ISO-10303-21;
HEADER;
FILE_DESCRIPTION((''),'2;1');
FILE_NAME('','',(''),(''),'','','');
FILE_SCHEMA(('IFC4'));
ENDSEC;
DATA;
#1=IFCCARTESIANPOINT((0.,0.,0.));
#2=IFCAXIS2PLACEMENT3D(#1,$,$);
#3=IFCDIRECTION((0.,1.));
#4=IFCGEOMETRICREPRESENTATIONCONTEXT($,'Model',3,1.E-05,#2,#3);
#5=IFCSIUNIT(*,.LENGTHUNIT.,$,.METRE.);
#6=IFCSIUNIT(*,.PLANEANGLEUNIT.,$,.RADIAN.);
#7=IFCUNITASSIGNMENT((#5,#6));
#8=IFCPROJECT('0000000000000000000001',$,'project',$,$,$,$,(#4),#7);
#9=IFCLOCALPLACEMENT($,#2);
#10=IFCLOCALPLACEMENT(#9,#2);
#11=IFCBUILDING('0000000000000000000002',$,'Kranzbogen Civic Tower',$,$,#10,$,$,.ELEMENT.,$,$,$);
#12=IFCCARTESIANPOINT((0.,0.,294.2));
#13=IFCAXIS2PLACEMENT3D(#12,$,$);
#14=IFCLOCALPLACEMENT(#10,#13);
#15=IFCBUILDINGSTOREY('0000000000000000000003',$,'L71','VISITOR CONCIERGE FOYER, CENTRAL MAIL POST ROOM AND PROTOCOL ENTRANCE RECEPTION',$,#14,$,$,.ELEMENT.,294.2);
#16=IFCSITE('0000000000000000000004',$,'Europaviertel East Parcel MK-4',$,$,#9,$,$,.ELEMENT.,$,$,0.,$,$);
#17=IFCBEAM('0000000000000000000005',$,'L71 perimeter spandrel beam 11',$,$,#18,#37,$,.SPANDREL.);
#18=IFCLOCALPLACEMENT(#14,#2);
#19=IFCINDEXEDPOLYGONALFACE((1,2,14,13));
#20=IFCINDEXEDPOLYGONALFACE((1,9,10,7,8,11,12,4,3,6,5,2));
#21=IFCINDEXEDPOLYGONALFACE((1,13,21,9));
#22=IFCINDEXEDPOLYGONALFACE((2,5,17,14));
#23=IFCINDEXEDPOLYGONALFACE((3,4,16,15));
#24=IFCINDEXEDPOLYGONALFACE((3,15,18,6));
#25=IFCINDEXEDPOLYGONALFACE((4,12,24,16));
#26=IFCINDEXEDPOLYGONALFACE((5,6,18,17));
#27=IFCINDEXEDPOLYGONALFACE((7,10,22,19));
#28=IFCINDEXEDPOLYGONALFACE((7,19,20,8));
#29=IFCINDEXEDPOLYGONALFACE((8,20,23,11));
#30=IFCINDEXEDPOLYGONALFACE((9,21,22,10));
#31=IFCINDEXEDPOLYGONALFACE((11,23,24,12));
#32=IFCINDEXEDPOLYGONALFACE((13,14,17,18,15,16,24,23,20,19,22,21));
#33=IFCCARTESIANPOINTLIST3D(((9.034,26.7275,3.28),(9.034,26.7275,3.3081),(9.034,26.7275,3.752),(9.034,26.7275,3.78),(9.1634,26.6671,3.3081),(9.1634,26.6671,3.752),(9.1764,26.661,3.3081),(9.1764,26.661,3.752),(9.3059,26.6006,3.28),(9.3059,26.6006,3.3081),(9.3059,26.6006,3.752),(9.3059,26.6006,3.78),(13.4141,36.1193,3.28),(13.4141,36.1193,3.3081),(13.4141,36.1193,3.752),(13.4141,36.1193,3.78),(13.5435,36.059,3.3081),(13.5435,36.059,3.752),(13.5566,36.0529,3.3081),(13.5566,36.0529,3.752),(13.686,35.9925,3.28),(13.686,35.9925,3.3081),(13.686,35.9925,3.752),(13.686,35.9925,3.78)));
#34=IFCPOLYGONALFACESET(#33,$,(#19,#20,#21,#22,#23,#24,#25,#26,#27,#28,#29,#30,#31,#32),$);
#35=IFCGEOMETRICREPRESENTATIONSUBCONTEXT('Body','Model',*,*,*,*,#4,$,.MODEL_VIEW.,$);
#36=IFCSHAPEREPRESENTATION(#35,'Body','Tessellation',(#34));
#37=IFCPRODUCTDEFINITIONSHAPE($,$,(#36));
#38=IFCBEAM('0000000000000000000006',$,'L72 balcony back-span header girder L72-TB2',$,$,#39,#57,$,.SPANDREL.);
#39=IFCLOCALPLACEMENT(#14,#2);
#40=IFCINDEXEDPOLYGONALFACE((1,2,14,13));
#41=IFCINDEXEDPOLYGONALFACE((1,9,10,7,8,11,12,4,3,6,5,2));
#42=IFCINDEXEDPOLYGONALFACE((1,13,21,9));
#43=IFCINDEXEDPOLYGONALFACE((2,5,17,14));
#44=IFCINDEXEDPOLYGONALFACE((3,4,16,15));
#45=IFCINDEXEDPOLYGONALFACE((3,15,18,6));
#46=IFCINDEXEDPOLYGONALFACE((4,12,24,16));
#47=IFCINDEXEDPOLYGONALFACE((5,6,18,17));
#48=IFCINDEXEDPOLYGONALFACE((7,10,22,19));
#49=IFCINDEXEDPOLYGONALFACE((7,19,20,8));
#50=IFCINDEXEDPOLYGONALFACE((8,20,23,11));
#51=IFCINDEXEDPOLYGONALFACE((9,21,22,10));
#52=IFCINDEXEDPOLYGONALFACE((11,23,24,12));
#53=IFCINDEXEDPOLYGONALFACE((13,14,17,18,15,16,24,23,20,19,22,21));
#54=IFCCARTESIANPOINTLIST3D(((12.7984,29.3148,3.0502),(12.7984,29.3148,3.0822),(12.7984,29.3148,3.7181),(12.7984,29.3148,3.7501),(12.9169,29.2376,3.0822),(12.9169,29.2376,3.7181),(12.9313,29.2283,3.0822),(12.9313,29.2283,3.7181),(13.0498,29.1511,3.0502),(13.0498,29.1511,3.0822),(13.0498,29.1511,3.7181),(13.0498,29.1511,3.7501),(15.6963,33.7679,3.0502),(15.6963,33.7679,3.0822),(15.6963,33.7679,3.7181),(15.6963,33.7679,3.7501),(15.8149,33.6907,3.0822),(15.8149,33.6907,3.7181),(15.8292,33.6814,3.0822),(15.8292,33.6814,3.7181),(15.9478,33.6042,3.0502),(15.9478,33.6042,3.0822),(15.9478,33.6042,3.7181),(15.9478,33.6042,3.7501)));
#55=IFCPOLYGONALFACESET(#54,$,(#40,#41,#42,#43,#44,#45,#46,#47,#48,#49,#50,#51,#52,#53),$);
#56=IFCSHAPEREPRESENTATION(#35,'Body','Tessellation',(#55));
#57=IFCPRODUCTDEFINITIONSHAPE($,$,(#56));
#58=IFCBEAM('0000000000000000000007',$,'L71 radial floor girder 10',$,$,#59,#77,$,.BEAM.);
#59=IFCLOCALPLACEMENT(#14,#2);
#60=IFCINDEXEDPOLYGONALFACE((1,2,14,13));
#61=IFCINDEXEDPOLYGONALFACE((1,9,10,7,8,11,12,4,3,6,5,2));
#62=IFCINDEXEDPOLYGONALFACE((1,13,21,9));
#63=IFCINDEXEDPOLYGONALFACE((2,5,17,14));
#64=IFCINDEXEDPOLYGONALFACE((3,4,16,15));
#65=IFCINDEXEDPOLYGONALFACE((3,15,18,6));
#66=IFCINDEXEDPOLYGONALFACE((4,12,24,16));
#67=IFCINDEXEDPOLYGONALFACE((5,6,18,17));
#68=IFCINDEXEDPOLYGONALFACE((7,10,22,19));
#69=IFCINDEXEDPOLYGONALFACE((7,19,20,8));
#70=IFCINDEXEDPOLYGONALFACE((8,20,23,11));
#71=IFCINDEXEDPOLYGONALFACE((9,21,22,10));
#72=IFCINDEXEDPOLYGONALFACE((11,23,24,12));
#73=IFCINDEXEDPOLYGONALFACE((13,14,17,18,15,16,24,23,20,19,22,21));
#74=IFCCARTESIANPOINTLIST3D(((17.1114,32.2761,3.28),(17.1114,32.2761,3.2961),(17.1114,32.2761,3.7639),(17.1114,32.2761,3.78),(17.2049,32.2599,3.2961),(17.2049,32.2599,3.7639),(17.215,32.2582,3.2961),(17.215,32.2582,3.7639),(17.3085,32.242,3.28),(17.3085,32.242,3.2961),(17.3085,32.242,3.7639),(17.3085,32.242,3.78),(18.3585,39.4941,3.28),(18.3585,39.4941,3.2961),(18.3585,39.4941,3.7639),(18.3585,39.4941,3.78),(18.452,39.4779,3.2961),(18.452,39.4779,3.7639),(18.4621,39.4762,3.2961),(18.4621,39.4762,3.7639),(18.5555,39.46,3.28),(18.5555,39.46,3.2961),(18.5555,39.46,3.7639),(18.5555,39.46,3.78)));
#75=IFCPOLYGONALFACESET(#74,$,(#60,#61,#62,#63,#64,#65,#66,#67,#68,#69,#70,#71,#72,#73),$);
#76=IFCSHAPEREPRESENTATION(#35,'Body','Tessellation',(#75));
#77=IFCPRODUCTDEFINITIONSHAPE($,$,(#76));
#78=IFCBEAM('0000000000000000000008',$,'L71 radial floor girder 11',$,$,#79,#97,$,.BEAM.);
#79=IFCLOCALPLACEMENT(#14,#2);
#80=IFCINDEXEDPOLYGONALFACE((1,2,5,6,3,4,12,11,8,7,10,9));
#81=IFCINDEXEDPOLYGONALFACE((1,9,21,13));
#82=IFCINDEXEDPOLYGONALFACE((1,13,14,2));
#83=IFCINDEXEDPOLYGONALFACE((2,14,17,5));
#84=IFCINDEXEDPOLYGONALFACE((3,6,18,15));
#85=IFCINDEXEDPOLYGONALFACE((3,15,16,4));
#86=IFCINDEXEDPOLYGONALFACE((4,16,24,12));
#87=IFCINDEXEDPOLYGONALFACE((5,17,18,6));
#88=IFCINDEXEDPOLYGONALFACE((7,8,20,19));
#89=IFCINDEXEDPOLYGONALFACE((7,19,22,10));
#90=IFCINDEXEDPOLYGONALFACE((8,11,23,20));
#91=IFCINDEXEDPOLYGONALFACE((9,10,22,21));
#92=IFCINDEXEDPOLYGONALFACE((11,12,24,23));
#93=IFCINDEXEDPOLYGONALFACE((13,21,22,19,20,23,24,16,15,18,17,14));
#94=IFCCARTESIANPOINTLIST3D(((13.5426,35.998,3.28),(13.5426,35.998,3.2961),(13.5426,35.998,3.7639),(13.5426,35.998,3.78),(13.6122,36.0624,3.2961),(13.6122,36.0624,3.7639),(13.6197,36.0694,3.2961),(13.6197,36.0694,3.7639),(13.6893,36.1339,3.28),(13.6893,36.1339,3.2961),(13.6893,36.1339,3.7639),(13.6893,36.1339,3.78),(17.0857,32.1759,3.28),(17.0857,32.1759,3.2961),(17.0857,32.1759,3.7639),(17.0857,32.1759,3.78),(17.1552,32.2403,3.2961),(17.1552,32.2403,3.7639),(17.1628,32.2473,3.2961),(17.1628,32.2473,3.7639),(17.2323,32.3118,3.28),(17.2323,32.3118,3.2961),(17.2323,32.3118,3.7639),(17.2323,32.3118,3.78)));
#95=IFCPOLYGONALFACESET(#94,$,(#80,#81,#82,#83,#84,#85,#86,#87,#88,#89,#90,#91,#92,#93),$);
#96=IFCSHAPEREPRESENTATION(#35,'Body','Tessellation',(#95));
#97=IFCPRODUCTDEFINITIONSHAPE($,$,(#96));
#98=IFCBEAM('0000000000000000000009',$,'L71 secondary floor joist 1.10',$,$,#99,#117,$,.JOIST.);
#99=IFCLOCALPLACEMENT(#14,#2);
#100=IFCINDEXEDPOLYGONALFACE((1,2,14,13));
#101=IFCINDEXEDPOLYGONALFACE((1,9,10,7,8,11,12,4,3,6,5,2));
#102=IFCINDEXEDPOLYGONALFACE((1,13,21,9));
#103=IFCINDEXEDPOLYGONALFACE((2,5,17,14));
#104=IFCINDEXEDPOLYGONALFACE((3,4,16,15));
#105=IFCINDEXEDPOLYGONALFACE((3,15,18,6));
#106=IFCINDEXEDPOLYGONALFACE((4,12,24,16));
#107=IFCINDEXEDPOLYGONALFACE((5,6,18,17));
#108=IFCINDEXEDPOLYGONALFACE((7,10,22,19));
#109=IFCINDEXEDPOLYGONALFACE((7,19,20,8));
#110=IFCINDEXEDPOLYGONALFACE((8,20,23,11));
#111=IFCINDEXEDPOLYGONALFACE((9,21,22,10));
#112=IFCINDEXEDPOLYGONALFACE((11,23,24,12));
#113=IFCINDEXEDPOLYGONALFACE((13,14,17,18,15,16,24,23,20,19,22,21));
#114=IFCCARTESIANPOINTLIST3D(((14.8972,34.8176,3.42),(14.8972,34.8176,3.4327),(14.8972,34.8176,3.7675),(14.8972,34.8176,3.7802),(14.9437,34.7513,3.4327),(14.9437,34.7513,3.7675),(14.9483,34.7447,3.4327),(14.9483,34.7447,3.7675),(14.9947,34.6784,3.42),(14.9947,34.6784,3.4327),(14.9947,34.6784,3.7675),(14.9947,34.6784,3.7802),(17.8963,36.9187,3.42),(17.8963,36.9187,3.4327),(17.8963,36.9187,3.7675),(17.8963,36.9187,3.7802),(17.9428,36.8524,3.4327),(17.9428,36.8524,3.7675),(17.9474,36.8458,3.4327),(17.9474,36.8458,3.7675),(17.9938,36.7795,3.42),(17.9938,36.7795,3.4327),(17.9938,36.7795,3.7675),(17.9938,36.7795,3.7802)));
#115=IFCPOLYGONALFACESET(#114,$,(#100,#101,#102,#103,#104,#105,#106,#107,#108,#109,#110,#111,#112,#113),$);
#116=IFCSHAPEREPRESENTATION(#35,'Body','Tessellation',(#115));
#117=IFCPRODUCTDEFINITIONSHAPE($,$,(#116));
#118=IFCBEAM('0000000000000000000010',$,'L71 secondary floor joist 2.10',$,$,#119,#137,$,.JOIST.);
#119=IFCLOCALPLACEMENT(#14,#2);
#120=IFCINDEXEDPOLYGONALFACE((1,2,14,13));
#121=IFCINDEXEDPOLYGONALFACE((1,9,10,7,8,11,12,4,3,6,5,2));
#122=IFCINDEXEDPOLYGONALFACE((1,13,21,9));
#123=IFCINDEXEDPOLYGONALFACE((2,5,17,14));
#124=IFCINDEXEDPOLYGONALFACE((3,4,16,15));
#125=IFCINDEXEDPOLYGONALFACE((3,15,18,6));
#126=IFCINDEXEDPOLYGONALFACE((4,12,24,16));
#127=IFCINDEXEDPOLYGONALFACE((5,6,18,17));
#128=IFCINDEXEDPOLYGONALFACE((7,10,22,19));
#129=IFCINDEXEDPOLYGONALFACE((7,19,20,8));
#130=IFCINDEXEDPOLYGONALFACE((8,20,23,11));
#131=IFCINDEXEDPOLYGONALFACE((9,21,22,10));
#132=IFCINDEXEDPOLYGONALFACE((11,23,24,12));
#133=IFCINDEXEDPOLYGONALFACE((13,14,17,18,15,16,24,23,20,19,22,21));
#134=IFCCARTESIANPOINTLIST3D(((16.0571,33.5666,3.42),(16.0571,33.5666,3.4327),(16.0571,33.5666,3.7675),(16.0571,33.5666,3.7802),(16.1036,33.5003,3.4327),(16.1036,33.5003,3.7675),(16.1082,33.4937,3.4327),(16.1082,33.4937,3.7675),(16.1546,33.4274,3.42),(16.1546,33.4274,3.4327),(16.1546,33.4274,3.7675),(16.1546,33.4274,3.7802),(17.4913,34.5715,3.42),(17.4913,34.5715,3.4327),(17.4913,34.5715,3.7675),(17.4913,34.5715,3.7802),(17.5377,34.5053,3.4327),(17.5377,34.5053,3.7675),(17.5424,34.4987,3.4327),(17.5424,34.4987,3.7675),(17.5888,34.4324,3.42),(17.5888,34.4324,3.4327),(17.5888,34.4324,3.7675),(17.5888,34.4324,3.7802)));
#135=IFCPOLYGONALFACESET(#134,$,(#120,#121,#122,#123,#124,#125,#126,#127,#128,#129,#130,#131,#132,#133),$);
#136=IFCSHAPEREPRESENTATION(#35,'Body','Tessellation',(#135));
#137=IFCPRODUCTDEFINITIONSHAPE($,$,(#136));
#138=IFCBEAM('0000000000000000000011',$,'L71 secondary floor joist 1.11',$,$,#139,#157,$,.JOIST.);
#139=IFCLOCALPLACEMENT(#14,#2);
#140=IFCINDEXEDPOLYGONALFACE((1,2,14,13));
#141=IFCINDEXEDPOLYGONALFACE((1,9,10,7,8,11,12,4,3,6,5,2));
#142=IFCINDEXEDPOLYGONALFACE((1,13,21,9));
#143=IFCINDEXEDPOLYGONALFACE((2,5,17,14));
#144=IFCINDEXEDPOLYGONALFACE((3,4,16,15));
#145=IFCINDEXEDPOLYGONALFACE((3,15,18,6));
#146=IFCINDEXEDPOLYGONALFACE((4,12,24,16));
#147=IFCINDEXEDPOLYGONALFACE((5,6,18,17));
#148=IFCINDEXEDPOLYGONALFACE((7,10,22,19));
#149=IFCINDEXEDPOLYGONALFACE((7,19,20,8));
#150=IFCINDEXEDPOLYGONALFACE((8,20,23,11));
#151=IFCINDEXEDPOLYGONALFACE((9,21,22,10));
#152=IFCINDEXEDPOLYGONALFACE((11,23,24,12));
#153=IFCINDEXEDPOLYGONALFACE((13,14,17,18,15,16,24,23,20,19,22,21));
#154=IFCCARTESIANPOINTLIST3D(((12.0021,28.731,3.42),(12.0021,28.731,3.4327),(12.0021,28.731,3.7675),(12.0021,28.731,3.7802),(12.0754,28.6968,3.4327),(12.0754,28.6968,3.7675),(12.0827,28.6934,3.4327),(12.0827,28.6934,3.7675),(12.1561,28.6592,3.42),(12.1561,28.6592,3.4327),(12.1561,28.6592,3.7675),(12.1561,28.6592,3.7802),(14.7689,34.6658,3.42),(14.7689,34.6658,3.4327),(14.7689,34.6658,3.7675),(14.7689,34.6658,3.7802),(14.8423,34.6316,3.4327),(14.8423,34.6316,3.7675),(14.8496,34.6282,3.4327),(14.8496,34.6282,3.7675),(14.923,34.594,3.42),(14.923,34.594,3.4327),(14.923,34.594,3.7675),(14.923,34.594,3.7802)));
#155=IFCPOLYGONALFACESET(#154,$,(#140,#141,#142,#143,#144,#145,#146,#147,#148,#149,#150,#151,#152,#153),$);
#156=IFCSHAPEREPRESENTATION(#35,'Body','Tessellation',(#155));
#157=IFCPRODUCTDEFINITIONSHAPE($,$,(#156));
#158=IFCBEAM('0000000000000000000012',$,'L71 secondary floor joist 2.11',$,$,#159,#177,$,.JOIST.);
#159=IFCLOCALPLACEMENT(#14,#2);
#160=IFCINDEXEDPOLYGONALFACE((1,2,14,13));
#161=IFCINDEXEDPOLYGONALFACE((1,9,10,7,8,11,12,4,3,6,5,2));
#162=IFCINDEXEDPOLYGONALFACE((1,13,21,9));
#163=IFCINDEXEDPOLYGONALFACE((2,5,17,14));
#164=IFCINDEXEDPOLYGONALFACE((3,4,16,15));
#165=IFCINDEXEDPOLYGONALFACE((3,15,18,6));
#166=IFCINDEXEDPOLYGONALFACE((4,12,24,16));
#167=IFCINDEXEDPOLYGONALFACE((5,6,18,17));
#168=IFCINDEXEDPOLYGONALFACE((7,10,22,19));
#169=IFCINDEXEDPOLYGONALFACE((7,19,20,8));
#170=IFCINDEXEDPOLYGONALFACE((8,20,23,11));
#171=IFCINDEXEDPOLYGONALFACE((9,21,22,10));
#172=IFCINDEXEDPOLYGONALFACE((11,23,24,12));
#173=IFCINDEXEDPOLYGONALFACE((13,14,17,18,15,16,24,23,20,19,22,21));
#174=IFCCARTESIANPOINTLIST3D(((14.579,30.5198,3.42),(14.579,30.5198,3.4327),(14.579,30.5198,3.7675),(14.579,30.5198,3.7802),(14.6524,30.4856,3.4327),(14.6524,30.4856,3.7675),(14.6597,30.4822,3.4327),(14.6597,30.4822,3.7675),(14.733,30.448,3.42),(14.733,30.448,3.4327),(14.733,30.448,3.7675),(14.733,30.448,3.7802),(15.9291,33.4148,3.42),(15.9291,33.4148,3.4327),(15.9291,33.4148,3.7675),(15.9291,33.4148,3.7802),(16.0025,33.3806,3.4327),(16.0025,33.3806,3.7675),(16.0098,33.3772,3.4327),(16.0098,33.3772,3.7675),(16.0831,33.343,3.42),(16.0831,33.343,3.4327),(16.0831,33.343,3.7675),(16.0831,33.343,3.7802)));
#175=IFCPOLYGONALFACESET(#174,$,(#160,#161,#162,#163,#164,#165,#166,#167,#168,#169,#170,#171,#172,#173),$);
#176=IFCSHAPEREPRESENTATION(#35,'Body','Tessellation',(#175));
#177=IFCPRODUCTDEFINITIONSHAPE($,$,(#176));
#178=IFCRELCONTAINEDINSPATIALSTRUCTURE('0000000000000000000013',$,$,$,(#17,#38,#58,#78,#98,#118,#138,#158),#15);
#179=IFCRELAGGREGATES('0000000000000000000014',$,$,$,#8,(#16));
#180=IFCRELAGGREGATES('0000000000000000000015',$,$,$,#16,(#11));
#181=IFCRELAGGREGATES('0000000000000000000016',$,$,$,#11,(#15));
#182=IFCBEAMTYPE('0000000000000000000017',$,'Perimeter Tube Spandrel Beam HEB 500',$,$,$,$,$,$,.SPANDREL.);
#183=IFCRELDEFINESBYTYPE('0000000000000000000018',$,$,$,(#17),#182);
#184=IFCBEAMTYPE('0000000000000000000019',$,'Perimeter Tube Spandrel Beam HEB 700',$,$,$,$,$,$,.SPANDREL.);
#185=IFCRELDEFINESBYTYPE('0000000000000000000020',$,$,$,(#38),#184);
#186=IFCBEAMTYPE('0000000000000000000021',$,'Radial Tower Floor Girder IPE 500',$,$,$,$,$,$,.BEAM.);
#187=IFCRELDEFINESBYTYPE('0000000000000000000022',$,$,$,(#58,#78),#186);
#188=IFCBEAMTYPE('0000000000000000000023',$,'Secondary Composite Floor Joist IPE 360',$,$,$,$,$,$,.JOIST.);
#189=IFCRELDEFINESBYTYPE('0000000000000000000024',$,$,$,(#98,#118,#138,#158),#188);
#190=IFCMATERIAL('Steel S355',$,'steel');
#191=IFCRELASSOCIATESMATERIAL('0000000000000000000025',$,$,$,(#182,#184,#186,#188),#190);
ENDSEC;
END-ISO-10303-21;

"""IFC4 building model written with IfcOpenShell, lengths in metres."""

from ifc_helpers import new_model, si_unit, direction, frame, origin, origin_2d, place, context, subcontext, project, spatial, i_section, extrude, material, material_profile, profile_set, type_object, element, save


model = new_model("IFC4")

# Units and contexts
model_context = context("Model", 3, precision=1e-05, world=origin(), true_north=direction((0.0, 1.0)))
body_context = subcontext(model_context, "Body", "Model", "MODEL_VIEW")
ifc_project = project(units=[si_unit("LENGTHUNIT", "METRE"), si_unit("PLANEANGLEUNIT", "RADIAN")], contexts=[model_context])

# Site, building, storey
site_placement = place(None, origin())
site = spatial("IfcSite", under=ifc_project, at=site_placement, Name="Europaviertel East Parcel MK-4", CompositionType="ELEMENT", RefElevation=0.0)
building_placement = place(site_placement, origin())
building = spatial("IfcBuilding", under=site, at=building_placement, Name="Kranzbogen Civic Tower", CompositionType="ELEMENT")
storey_placement = place(building_placement, frame((0.0, 0.0, 294.2)))
storey = spatial("IfcBuildingStorey", under=building, at=storey_placement, Name="L71", Description="VISITOR CONCIERGE FOYER, CENTRAL MAIL POST ROOM AND PROTOCOL ENTRANCE RECEPTION", CompositionType="ELEMENT", Elevation=294.2)

# Shared definitions
ifc_material_1 = material(Name="Steel S355", Category="steel")

# Beams
ifc_material_profile_1 = material_profile(ifc_material_1, i_section(OverallWidth=0.3, OverallDepth=0.5, WebThickness=0.0144, FlangeThickness=0.0281, at=origin_2d()), Name="HEB 500")
ifc_profile_set_1 = profile_set([ifc_material_profile_1], Name="Steel S355")
beam_type_1 = type_object("IfcBeamType", Name="Perimeter Tube Spandrel Beam HEB 500", PredefinedType="SPANDREL", material=ifc_profile_set_1)
beam_1_placement = place(storey_placement, frame((13.55, 36.0559, 3.53), z_axis=(-0.422669, -0.906284, 0.0), x_axis=(0.906284, -0.422669, 0.0)))
element("IfcBeam", 1, at=beam_1_placement, inside=storey, type_object=beam_type_1, Name="L71 perimeter spandrel beam 11", PredefinedType="SPANDREL", context=body_context, shape_type="SweptSolid", body=[
    extrude(i_section(OverallWidth=0.3, OverallDepth=0.5, WebThickness=0.0144, FlangeThickness=0.0281, at=origin_2d()), origin(), (0.0, 0.0, 1.0), 10.363),
])
ifc_material_profile_2 = material_profile(ifc_material_1, i_section(OverallWidth=0.3, OverallDepth=0.7, WebThickness=0.0171, FlangeThickness=0.032, at=origin_2d()), Name="HEB 700")
ifc_profile_set_2 = profile_set([ifc_material_profile_2], Name="Steel S355")
beam_type_2 = type_object("IfcBeamType", Name="Perimeter Tube Spandrel Beam HEB 700", PredefinedType="SPANDREL", material=ifc_profile_set_2)
beam_2_placement = place(storey_placement, frame((15.822, 33.686, 3.4001), z_axis=(-0.545441, -0.83815, 0.0), x_axis=(0.83815, -0.545441, 0.0)))
element("IfcBeam", 2, at=beam_2_placement, inside=storey, type_object=beam_type_2, Name="L72 balcony back-span header girder L72-TB2", PredefinedType="SPANDREL", context=body_context, shape_type="SweptSolid", body=[
    extrude(i_section(OverallWidth=0.3, OverallDepth=0.7, WebThickness=0.0171, FlangeThickness=0.032, at=origin_2d()), origin(), (0.0, 0.0, 1.0), 5.313),
])
ifc_material_profile_3 = material_profile(ifc_material_1, i_section(OverallWidth=0.2, OverallDepth=0.5, WebThickness=0.0103, FlangeThickness=0.0161, at=origin_2d()), Name="IPE 500")
ifc_profile_set_3 = profile_set([ifc_material_profile_3], Name="Steel S355")
beam_type_3 = type_object("IfcBeamType", Name="Radial Tower Floor Girder IPE 500", PredefinedType="BEAM", material=ifc_profile_set_3)
beam_3_placement = place(storey_placement, frame((18.457, 39.4771, 3.53), z_axis=(-0.17025, -0.985401, 0.0), x_axis=(0.985401, -0.17025, 0.0)))
element("IfcBeam", 3, at=beam_3_placement, inside=storey, type_object=beam_type_3, Name="L71 radial floor girder 10", PredefinedType="BEAM", context=body_context, shape_type="SweptSolid", body=[
    extrude(i_section(OverallWidth=0.2, OverallDepth=0.5, WebThickness=0.0103, FlangeThickness=0.0161, at=origin_2d()), origin(), (0.0, 0.0, 1.0), 7.325),
])
beam_4_placement = place(storey_placement, frame((13.616, 36.0659, 3.53), z_axis=(0.679827, -0.733372, 0.0), x_axis=(0.733372, 0.679827, 0.0)))
element("IfcBeam", 4, at=beam_4_placement, inside=storey, type_object=beam_type_3, Name="L71 radial floor girder 11", PredefinedType="BEAM", context=body_context, shape_type="SweptSolid", body=[
    extrude(i_section(OverallWidth=0.2, OverallDepth=0.5, WebThickness=0.0103, FlangeThickness=0.0161, at=origin_2d()), origin(), (0.0, 0.0, 1.0), 5.2117),
])
ifc_material_profile_4 = material_profile(ifc_material_1, i_section(OverallWidth=0.1699, OverallDepth=0.3601, WebThickness=0.0081, FlangeThickness=0.0127, at=origin_2d()), Name="IPE 360")
ifc_profile_set_4 = profile_set([ifc_material_profile_4], Name="Steel S355")
beam_type_4 = type_object("IfcBeamType", Name="Secondary Composite Floor Joist IPE 360", PredefinedType="JOIST", material=ifc_profile_set_4)
beam_5_placement = place(storey_placement, frame((17.9451, 36.8491, 3.6001), z_axis=(-0.819006, -0.573784, 0.0), x_axis=(0.573784, -0.819006, 0.0)))
element("IfcBeam", 5, at=beam_5_placement, inside=storey, type_object=beam_type_4, Name="L71 secondary floor joist 1.10", PredefinedType="JOIST", context=body_context, shape_type="SweptSolid", body=[
    extrude(i_section(OverallWidth=0.1699, OverallDepth=0.3601, WebThickness=0.0081, FlangeThickness=0.0127, at=origin_2d()), origin(), (0.0, 0.0, 1.0), 3.6619),
])
beam_6_placement = place(storey_placement, frame((17.54, 34.502, 3.6001), z_axis=(-0.818957, -0.573855, 0.0), x_axis=(0.573855, -0.818957, 0.0)))
element("IfcBeam", 6, at=beam_6_placement, inside=storey, type_object=beam_type_4, Name="L71 secondary floor joist 2.10", PredefinedType="JOIST", context=body_context, shape_type="SweptSolid", body=[
    extrude(i_section(OverallWidth=0.1699, OverallDepth=0.3601, WebThickness=0.0081, FlangeThickness=0.0127, at=origin_2d()), origin(), (0.0, 0.0, 1.0), 1.7512),
])
beam_7_placement = place(storey_placement, frame((14.8459, 34.6299, 3.6001), z_axis=(-0.422543, -0.906343, 0.0), x_axis=(0.906343, -0.422543, 0.0)))
element("IfcBeam", 7, at=beam_7_placement, inside=storey, type_object=beam_type_4, Name="L71 secondary floor joist 1.11", PredefinedType="JOIST", context=body_context, shape_type="SweptSolid", body=[
    extrude(i_section(OverallWidth=0.1699, OverallDepth=0.3601, WebThickness=0.0081, FlangeThickness=0.0127, at=origin_2d()), origin(), (0.0, 0.0, 1.0), 6.5481),
])
beam_8_placement = place(storey_placement, frame((16.0061, 33.3789, 3.6001), z_axis=(-0.422651, -0.906292, 0.0), x_axis=(0.906292, -0.422651, 0.0)))
element("IfcBeam", 8, at=beam_8_placement, inside=storey, type_object=beam_type_4, Name="L71 secondary floor joist 2.11", PredefinedType="JOIST", context=body_context, shape_type="SweptSolid", body=[
    extrude(i_section(OverallWidth=0.1699, OverallDepth=0.3601, WebThickness=0.0081, FlangeThickness=0.0127, at=origin_2d()), origin(), (0.0, 0.0, 1.0), 3.1943),
])

save(model, "model.ifc")
